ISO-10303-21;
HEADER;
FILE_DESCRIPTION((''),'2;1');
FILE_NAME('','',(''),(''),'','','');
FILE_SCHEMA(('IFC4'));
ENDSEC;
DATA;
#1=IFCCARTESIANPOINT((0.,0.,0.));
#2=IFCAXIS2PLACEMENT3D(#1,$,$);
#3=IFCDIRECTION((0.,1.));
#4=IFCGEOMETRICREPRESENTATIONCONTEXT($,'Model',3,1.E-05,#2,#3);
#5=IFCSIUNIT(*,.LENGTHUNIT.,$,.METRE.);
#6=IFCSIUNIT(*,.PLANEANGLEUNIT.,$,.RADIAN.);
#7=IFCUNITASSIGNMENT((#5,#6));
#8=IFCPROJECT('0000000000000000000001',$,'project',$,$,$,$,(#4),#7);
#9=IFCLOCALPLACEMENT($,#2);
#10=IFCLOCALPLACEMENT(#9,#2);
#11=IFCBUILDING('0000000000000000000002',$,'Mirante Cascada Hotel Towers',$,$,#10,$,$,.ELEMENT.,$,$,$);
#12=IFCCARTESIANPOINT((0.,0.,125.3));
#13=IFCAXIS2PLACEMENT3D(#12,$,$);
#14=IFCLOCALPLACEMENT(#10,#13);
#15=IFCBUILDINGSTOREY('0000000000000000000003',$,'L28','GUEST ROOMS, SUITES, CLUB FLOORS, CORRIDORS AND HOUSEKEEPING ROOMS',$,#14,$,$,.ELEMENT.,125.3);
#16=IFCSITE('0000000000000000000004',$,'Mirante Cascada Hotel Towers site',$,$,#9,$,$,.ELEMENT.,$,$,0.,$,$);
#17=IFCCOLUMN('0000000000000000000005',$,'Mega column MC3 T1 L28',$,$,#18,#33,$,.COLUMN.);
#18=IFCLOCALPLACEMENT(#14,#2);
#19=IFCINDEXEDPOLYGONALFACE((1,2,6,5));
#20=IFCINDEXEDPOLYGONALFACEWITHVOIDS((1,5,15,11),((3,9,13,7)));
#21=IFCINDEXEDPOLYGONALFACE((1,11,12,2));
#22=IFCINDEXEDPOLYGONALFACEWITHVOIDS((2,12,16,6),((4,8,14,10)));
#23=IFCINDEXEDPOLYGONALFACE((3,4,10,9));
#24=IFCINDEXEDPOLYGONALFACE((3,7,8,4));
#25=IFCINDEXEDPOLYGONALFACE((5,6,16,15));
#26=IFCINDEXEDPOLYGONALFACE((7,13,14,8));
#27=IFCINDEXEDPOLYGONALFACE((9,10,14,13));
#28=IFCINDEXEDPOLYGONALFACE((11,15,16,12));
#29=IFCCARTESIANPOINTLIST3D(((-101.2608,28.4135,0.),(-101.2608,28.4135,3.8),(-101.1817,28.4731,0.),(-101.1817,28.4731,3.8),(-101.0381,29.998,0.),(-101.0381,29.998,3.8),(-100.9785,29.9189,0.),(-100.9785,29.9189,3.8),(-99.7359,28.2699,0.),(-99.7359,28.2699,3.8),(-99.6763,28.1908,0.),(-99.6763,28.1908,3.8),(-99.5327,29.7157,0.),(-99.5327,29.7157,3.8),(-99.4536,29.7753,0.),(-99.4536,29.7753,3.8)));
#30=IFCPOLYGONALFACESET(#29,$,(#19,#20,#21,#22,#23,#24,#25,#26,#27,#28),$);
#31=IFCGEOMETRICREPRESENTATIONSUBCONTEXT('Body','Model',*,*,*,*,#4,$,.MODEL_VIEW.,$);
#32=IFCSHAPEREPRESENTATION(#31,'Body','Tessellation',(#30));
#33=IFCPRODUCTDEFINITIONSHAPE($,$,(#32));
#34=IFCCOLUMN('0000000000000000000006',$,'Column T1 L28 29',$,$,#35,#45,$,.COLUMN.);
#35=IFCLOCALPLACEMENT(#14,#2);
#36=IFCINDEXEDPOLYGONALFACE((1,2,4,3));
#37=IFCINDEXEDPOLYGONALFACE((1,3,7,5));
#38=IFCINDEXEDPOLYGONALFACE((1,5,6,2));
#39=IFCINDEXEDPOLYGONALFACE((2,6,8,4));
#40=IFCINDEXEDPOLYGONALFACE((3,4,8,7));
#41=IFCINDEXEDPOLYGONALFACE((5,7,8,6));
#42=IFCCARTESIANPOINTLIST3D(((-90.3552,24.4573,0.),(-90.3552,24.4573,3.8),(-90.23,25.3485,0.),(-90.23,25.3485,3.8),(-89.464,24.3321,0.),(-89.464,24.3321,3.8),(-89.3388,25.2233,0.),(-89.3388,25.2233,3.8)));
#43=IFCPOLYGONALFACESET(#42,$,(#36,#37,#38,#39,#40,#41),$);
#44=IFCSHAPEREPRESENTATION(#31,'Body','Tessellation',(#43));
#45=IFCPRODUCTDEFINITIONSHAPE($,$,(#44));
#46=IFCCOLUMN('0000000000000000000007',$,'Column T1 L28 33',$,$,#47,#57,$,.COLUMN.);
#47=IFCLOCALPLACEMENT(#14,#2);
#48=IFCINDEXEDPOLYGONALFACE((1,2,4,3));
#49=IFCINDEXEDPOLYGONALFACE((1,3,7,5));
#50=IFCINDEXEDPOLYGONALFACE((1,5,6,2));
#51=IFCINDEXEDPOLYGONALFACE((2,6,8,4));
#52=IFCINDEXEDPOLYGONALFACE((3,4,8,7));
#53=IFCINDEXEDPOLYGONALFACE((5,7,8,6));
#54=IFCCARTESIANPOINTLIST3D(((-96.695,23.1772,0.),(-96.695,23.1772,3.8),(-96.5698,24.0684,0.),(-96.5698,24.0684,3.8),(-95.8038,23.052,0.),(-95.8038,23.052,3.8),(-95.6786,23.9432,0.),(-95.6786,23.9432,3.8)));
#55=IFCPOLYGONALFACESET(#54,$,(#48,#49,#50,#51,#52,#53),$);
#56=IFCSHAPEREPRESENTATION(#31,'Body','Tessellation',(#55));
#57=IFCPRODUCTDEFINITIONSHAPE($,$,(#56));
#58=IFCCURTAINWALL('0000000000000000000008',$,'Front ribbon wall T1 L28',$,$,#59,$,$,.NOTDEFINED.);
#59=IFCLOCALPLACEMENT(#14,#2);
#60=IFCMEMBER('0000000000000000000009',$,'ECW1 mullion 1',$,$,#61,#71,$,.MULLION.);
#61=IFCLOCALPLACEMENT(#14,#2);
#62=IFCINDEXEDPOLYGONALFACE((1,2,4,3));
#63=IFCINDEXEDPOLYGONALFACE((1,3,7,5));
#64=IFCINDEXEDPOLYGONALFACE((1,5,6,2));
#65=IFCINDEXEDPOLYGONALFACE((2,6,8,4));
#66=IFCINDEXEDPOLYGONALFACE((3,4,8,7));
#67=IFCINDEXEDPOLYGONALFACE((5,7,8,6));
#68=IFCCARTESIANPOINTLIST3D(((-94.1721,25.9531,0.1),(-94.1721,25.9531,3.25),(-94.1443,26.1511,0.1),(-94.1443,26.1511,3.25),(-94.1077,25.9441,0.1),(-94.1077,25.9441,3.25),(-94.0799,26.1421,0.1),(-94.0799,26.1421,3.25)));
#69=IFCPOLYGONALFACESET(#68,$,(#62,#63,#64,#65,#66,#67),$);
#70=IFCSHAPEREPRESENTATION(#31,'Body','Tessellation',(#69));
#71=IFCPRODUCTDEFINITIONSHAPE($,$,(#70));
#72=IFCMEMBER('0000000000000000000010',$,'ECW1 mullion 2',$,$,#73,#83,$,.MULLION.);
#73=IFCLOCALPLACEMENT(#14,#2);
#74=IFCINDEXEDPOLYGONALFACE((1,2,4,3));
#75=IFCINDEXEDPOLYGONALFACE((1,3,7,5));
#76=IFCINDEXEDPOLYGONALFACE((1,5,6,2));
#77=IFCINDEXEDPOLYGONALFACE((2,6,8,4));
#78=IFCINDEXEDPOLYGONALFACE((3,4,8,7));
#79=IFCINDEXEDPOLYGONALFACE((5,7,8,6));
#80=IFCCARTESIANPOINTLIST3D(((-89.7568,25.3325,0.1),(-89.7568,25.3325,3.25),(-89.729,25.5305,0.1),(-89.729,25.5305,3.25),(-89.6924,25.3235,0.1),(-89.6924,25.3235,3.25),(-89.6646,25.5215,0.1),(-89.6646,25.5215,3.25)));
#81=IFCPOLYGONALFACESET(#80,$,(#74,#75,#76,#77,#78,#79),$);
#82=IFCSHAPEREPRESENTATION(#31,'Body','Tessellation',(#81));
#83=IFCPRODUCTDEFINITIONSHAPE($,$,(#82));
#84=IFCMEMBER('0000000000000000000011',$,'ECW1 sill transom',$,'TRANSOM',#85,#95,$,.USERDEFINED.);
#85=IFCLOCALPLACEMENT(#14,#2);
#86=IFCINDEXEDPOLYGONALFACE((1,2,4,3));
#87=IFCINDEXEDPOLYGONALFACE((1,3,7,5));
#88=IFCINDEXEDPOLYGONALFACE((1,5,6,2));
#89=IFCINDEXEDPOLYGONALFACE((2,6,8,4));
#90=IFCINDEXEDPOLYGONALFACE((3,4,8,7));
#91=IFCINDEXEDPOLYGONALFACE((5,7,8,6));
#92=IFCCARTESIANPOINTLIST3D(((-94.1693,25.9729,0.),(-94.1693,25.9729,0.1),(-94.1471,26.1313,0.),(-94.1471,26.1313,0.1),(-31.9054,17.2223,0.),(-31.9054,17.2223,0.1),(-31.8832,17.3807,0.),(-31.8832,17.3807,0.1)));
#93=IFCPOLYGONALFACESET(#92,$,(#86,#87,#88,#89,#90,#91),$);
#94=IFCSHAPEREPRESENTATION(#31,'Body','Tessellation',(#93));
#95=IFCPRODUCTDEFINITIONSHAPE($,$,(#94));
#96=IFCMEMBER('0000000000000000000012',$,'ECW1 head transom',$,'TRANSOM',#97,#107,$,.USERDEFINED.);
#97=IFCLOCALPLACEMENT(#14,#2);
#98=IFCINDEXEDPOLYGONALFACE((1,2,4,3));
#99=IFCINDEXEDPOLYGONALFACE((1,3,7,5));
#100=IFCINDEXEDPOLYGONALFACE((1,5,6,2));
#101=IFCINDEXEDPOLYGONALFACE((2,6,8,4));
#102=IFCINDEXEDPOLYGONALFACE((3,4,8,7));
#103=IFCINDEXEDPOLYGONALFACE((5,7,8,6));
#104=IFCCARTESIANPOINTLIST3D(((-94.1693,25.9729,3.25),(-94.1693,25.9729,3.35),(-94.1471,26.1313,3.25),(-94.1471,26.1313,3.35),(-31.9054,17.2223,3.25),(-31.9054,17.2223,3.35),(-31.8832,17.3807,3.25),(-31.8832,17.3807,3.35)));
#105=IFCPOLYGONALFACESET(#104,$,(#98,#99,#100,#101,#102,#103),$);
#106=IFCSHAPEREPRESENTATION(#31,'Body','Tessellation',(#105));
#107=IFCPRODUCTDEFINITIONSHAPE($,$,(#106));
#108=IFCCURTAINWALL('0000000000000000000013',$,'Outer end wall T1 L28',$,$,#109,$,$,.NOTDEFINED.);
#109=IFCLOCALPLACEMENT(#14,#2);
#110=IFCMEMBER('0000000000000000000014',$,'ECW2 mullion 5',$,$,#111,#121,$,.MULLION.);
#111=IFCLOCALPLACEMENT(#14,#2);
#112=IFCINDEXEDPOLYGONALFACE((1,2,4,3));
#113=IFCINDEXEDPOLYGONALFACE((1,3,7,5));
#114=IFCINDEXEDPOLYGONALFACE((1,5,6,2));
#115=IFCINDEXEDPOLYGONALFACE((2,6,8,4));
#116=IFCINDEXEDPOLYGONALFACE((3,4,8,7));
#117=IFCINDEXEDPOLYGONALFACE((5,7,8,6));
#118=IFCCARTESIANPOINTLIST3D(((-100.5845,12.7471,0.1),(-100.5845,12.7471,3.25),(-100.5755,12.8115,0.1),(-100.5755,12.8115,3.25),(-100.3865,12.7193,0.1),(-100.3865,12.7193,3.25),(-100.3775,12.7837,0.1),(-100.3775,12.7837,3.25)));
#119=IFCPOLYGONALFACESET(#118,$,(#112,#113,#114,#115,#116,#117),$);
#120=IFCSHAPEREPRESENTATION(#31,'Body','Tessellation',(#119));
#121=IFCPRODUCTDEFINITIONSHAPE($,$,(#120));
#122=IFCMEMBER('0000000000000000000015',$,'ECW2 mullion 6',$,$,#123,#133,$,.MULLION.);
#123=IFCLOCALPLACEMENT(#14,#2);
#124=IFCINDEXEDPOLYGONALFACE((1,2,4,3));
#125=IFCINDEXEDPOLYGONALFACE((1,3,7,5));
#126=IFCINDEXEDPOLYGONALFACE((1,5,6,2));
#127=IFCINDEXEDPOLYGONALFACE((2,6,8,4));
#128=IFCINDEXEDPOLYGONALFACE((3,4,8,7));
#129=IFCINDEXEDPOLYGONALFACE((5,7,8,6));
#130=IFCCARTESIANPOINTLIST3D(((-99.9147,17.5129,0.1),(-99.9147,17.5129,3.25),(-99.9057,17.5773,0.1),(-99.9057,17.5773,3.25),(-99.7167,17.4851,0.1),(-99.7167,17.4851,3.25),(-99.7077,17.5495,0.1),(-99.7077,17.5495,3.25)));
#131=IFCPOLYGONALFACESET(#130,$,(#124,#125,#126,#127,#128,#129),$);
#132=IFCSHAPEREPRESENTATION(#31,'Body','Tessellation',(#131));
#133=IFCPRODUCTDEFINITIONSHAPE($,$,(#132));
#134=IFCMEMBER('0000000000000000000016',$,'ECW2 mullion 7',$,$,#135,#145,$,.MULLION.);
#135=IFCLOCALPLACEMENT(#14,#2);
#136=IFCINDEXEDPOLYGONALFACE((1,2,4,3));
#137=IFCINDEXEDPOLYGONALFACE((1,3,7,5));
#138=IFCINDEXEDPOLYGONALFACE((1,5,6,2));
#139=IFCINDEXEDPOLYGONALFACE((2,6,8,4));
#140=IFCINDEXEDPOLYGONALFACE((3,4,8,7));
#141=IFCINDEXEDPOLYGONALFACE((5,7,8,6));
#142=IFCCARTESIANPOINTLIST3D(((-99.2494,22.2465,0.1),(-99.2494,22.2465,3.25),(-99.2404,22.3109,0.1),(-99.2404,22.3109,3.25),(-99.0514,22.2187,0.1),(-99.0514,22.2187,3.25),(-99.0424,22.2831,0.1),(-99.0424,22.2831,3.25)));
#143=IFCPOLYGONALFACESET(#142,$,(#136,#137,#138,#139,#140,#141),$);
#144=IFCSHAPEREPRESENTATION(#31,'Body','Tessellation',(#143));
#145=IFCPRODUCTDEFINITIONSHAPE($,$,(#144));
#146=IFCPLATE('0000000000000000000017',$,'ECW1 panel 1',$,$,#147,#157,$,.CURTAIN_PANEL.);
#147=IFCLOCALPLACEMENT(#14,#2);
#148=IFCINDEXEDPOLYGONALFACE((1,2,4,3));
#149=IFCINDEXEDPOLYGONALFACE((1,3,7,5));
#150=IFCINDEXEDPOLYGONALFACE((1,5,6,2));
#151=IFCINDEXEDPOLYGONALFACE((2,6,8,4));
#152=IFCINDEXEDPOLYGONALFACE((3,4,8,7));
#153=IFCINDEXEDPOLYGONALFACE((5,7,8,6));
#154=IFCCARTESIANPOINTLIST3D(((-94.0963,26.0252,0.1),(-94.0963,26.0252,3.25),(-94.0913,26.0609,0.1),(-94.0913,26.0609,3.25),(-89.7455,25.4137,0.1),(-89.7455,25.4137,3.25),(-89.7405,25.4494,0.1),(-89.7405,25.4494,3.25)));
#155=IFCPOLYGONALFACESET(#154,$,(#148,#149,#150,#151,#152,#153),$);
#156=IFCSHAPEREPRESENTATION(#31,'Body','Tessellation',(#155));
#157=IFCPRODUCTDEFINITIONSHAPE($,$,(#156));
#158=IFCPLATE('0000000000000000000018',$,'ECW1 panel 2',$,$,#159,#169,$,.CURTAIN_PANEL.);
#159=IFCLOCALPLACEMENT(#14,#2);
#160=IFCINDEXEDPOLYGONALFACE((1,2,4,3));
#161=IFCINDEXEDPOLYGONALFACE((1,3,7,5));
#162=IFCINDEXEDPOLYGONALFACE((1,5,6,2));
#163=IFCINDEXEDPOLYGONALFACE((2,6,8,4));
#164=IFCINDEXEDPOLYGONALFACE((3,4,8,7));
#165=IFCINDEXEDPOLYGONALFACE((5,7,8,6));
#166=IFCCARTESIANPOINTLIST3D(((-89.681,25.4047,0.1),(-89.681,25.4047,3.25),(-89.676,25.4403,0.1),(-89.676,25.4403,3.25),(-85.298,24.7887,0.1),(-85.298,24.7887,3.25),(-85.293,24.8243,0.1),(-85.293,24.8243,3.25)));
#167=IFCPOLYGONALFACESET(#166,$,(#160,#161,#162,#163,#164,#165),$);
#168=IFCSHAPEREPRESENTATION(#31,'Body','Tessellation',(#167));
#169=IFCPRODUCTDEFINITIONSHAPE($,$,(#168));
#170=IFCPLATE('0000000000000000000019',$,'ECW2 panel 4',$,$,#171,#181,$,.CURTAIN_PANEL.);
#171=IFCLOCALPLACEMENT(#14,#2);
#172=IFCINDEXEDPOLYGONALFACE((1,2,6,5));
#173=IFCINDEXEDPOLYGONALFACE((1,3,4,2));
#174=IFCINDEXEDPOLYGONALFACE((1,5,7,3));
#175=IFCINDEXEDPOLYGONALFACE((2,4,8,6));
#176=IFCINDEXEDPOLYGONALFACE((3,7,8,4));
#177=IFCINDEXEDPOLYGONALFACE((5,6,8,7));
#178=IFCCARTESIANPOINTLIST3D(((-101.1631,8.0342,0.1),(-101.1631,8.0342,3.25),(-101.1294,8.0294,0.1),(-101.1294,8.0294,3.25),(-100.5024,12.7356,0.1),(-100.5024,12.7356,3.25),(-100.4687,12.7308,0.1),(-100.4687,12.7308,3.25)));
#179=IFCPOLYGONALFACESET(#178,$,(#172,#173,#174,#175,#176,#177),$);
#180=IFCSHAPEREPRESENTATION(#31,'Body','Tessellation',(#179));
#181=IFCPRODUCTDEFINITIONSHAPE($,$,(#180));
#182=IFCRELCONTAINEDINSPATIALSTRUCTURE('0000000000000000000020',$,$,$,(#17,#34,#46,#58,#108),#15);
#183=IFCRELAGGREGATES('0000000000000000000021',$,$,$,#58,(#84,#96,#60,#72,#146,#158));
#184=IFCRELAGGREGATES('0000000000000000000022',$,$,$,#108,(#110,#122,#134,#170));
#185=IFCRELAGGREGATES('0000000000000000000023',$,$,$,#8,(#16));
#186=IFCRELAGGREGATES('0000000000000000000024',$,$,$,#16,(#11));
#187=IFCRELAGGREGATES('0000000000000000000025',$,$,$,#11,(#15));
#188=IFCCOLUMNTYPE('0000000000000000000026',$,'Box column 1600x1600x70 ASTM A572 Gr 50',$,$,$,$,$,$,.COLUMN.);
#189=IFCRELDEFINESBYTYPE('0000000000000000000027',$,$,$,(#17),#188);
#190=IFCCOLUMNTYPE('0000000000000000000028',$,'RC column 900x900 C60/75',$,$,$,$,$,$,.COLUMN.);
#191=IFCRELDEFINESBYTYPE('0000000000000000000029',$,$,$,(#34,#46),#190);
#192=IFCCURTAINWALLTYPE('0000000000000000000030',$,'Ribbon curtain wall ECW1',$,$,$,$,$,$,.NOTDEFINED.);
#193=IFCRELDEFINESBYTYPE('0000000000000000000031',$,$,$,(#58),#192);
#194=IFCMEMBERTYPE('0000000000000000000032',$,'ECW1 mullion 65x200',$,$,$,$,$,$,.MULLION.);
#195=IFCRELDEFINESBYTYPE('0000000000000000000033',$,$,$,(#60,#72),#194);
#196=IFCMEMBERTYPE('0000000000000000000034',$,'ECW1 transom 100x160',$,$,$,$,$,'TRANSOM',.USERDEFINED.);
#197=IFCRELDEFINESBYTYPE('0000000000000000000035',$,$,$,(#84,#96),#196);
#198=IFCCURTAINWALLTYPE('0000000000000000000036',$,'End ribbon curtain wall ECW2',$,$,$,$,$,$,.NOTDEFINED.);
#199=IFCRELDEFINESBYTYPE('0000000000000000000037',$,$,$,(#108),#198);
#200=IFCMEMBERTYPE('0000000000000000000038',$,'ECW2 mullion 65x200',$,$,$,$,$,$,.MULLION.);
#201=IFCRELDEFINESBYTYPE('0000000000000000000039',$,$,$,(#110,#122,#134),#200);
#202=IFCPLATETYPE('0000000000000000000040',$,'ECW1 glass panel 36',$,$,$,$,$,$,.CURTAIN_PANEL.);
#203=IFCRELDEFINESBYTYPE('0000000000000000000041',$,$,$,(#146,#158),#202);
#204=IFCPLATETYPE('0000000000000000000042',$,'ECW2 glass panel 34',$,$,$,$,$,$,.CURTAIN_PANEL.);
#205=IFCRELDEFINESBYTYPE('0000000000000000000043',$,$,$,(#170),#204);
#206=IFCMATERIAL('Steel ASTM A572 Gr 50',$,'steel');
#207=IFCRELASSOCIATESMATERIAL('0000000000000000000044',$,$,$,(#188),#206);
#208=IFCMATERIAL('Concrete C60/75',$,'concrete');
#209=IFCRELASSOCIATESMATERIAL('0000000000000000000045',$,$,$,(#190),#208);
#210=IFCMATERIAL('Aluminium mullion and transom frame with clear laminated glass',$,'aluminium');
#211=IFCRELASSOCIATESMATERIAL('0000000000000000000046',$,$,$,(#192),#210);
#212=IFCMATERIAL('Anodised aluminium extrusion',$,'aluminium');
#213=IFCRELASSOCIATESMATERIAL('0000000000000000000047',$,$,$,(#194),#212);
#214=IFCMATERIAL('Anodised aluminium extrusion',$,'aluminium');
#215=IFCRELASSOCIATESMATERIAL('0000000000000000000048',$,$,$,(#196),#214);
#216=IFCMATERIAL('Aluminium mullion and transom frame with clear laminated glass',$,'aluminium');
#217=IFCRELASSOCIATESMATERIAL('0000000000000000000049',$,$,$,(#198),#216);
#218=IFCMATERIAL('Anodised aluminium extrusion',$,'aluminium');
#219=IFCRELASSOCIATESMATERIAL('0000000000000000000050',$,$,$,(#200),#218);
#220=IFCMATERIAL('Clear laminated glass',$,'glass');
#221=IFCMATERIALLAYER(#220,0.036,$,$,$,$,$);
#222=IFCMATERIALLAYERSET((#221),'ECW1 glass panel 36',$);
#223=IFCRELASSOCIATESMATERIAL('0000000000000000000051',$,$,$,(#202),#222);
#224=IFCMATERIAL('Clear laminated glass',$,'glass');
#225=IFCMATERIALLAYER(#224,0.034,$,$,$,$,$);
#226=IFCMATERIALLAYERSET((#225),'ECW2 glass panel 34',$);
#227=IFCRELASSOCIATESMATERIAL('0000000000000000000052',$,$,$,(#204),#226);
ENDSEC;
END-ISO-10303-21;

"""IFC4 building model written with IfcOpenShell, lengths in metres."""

from ifc_helpers import new_model, si_unit, direction, frame, origin, origin_2d, place, context, subcontext, project, spatial, rectangle, hollow_rectangle, extrude, material, layer, layer_set, material_profile, profile_set, type_object, element, aggregate, save


model = new_model("IFC4")

# Units and contexts
model_context = context("Model", 3, precision=1e-05, world=origin(), true_north=direction((0.0, 1.0)))
body_context = subcontext(model_context, "Body", "Model", "MODEL_VIEW")
ifc_project = project(units=[si_unit("LENGTHUNIT", "METRE"), si_unit("PLANEANGLEUNIT", "RADIAN")], contexts=[model_context])

# Site, building, storey
site_placement = place(None, origin())
site = spatial("IfcSite", under=ifc_project, at=site_placement, Name="Mirante Cascada Hotel Towers site", CompositionType="ELEMENT", RefElevation=0.0)
building_placement = place(site_placement, origin())
building = spatial("IfcBuilding", under=site, at=building_placement, Name="Mirante Cascada Hotel Towers", CompositionType="ELEMENT")
storey_placement = place(building_placement, frame((0.0, 0.0, 125.3)))
storey = spatial("IfcBuildingStorey", under=building, at=storey_placement, Name="L28", Description="GUEST ROOMS, SUITES, CLUB FLOORS, CORRIDORS AND HOUSEKEEPING ROOMS", CompositionType="ELEMENT", Elevation=125.3)

# Columns
ifc_material_1 = material(Name="Steel ASTM A572 Gr 50", Category="steel")
ifc_material_profile_1 = material_profile(ifc_material_1, hollow_rectangle(XDim=1.6, YDim=1.6, WallThickness=0.07, at=origin_2d()), Name="Box column 1600x1600x70 ASTM A572 Gr 50")
ifc_profile_set_1 = profile_set([ifc_material_profile_1], Name="Steel ASTM A572 Gr 50")
column_type_1 = type_object("IfcColumnType", Name="Box column 1600x1600x70 ASTM A572 Gr 50", PredefinedType="COLUMN", material=ifc_profile_set_1)
column_placement = place(storey_placement, frame((-100.3572, 29.0944, 0.0), z_axis=(0.0, 0.0, 1.0), x_axis=(-0.990268, 0.139173, 0.0)))
element("IfcColumn", 1, at=column_placement, inside=storey, type_object=column_type_1, Name="Mega column MC3 T1 L28", PredefinedType="COLUMN", context=body_context, shape_type="SweptSolid", body=[
    extrude(hollow_rectangle(XDim=1.6, YDim=1.6, WallThickness=0.07, at=origin_2d()), origin(), (0.0, 0.0, 1.0), 3.8),
])
ifc_material_2 = material(Name="Concrete C60/75", Category="concrete")
ifc_material_profile_2 = material_profile(ifc_material_2, rectangle(XDim=0.9, YDim=0.9, at=origin_2d()), Name="RC column 900x900 C60/75")
ifc_profile_set_2 = profile_set([ifc_material_profile_2], Name="Concrete C60/75")
column_type_2 = type_object("IfcColumnType", Name="RC column 900x900 C60/75", PredefinedType="COLUMN", material=ifc_profile_set_2)
for number, where, z_axis, x_axis, name in (
    (2, (-89.847, 24.8403, 0.0), (0.0, 0.0, 1.0), (-0.990268, 0.139173, 0.0), "Column T1 L28 29"),
    (3, (-96.1868, 23.5602, 0.0), (0.0, 0.0, 1.0), (-0.990268, 0.139173, 0.0), "Column T1 L28 33"),
):
    element("IfcColumn", number, at=place(storey_placement, frame(where, z_axis=z_axis, x_axis=x_axis)), inside=storey, type_object=column_type_2, Name=name, PredefinedType="COLUMN", context=body_context, shape_type="SweptSolid", body=[
        extrude(rectangle(XDim=0.9, YDim=0.9, at=origin_2d()), origin(), (0.0, 0.0, 1.0), 3.8),
    ])

# Curtain walls, members
ifc_material_3 = material(Name="Aluminium mullion and transom frame with clear laminated glass", Category="aluminium")
curtain_wall_type_1 = type_object("IfcCurtainWallType", Name="Ribbon curtain wall ECW1", PredefinedType="NOTDEFINED", material=ifc_material_3)
curtain_wall_1_placement = place(storey_placement, origin())
curtain_wall_1 = element("IfcCurtainWall", 4, at=curtain_wall_1_placement, inside=storey, type_object=curtain_wall_type_1, Name="Front ribbon wall T1 L28", PredefinedType="NOTDEFINED")
ifc_material_4 = material(Name="Anodised aluminium extrusion", Category="aluminium")
ifc_material_profile_3 = material_profile(ifc_material_4, rectangle(XDim=0.2, YDim=0.065, at=origin_2d()), Name="ECW1 MULLION 65x200")
ifc_profile_set_3 = profile_set([ifc_material_profile_3], Name="Anodised aluminium extrusion")
member_type_1 = type_object("IfcMemberType", Name="ECW1 mullion 65x200", PredefinedType="MULLION", material=ifc_profile_set_3)
member_1_placement = place(storey_placement, frame((-94.126, 26.0476, 0.1), z_axis=(0.0, 0.0, 1.0), x_axis=(0.139173, 0.990268, 0.0)))
member_1 = element("IfcMember", 5, at=member_1_placement, type_object=member_type_1, Name="ECW1 mullion 1", PredefinedType="MULLION", context=body_context, shape_type="SweptSolid", body=[
    extrude(rectangle(XDim=0.2, YDim=0.065, at=origin_2d()), origin(), (0.0, 0.0, 1.0), 3.15),
])
member_2_placement = place(storey_placement, frame((-89.7107, 25.427, 0.1), z_axis=(0.0, 0.0, 1.0), x_axis=(0.139173, 0.990268, 0.0)))
member_2 = element("IfcMember", 6, at=member_2_placement, type_object=member_type_1, Name="ECW1 mullion 2", PredefinedType="MULLION", context=body_context, shape_type="SweptSolid", body=[
    extrude(rectangle(XDim=0.2, YDim=0.065, at=origin_2d()), origin(), (0.0, 0.0, 1.0), 3.15),
])
ifc_material_5 = material(Name="Anodised aluminium extrusion", Category="aluminium")
ifc_material_profile_4 = material_profile(ifc_material_5, rectangle(XDim=0.16, YDim=0.1, at=origin_2d()), Name="ECW1 TRANSOM 100x160")
ifc_profile_set_4 = profile_set([ifc_material_profile_4], Name="Anodised aluminium extrusion")
member_type_2 = type_object("IfcMemberType", Name="ECW1 transom 100x160", ElementType="TRANSOM", PredefinedType="USERDEFINED", material=ifc_profile_set_4)
member_3_placement = place(storey_placement, frame((-94.1582, 26.0521, 0.05), z_axis=(0.990268, -0.139173, 0.0), x_axis=(0.139173, 0.990268, 0.0)))
member_3 = element("IfcMember", 7, at=member_3_placement, type_object=member_type_2, Name="ECW1 sill transom", ObjectType="TRANSOM", PredefinedType="USERDEFINED", context=body_context, shape_type="SweptSolid", body=[
    extrude(rectangle(XDim=0.16, YDim=0.1, at=origin_2d()), origin(), (0.0, 0.0, 1.0), 62.8758),
])
member_4_placement = place(storey_placement, frame((-94.1582, 26.0521, 3.3), z_axis=(0.990268, -0.139173, 0.0), x_axis=(0.139173, 0.990268, 0.0)))
member_4 = element("IfcMember", 8, at=member_4_placement, type_object=member_type_2, Name="ECW1 head transom", ObjectType="TRANSOM", PredefinedType="USERDEFINED", context=body_context, shape_type="SweptSolid", body=[
    extrude(rectangle(XDim=0.16, YDim=0.1, at=origin_2d()), origin(), (0.0, 0.0, 1.0), 62.8758),
])
ifc_material_6 = material(Name="Aluminium mullion and transom frame with clear laminated glass", Category="aluminium")
curtain_wall_type_2 = type_object("IfcCurtainWallType", Name="End ribbon curtain wall ECW2", PredefinedType="NOTDEFINED", material=ifc_material_6)
curtain_wall_2_placement = place(storey_placement, origin())
curtain_wall_2 = element("IfcCurtainWall", 9, at=curtain_wall_2_placement, inside=storey, type_object=curtain_wall_type_2, Name="Outer end wall T1 L28", PredefinedType="NOTDEFINED")
ifc_material_7 = material(Name="Anodised aluminium extrusion", Category="aluminium")
ifc_material_profile_5 = material_profile(ifc_material_7, rectangle(XDim=0.2, YDim=0.065, at=origin_2d()), Name="ECW2 MULLION 65x200")
ifc_profile_set_5 = profile_set([ifc_material_profile_5], Name="Anodised aluminium extrusion")
member_type_3 = type_object("IfcMemberType", Name="ECW2 mullion 65x200", PredefinedType="MULLION", material=ifc_profile_set_5)
member_5_placement = place(storey_placement, frame((-100.481, 12.7654, 0.1), z_axis=(0.0, 0.0, 1.0), x_axis=(-0.990268, 0.139173, 0.0)))
member_5 = element("IfcMember", 10, at=member_5_placement, type_object=member_type_3, Name="ECW2 mullion 5", PredefinedType="MULLION", context=body_context, shape_type="SweptSolid", body=[
    extrude(rectangle(XDim=0.2, YDim=0.065, at=origin_2d()), origin(), (0.0, 0.0, 1.0), 3.15),
])
member_6_placement = place(storey_placement, frame((-99.8112, 17.5312, 0.1), z_axis=(0.0, 0.0, 1.0), x_axis=(-0.990268, 0.139173, 0.0)))
member_6 = element("IfcMember", 11, at=member_6_placement, type_object=member_type_3, Name="ECW2 mullion 6", PredefinedType="MULLION", context=body_context, shape_type="SweptSolid", body=[
    extrude(rectangle(XDim=0.2, YDim=0.065, at=origin_2d()), origin(), (0.0, 0.0, 1.0), 3.15),
])
member_7_placement = place(storey_placement, frame((-99.1459, 22.2648, 0.1), z_axis=(0.0, 0.0, 1.0), x_axis=(-0.990268, 0.139173, 0.0)))
member_7 = element("IfcMember", 12, at=member_7_placement, type_object=member_type_3, Name="ECW2 mullion 7", PredefinedType="MULLION", context=body_context, shape_type="SweptSolid", body=[
    extrude(rectangle(XDim=0.2, YDim=0.065, at=origin_2d()), origin(), (0.0, 0.0, 1.0), 3.15),
])

# Plates
ifc_material_8 = material(Name="Clear laminated glass", Category="glass")
ifc_layer_1 = layer(ifc_material_8, 0.036)
ifc_layer_set_1 = layer_set([ifc_layer_1], Name="ECW1 glass panel 36")
plate_type_1 = type_object("IfcPlateType", Name="ECW1 glass panel 36", PredefinedType="CURTAIN_PANEL", material=ifc_layer_set_1)
plate_1_placement = place(storey_placement, frame((-91.9184, 25.7373, 0.1), z_axis=(0.0, 0.0, 1.0), x_axis=(0.990268, -0.139173, 0.0)))
plate_1 = element("IfcPlate", 13, at=plate_1_placement, type_object=plate_type_1, Name="ECW1 panel 1", PredefinedType="CURTAIN_PANEL", context=body_context, shape_type="SweptSolid", body=[
    extrude(rectangle(XDim=4.3936, YDim=0.036, at=origin_2d()), origin(), (0.0, 0.0, 1.0), 3.15),
])
plate_2_placement = place(storey_placement, frame((-87.487, 25.1145, 0.1), z_axis=(0.0, 0.0, 1.0), x_axis=(0.990268, -0.139173, 0.0)))
plate_2 = element("IfcPlate", 14, at=plate_2_placement, type_object=plate_type_1, Name="ECW1 panel 2", PredefinedType="CURTAIN_PANEL", context=body_context, shape_type="SweptSolid", body=[
    extrude(rectangle(XDim=4.4261, YDim=0.036, at=origin_2d()), origin(), (0.0, 0.0, 1.0), 3.15),
])
aggregate(curtain_wall_1, [member_3, member_4, member_1, member_2, plate_1, plate_2])
ifc_material_9 = material(Name="Clear laminated glass", Category="glass")
ifc_layer_2 = layer(ifc_material_9, 0.034)
ifc_layer_set_2 = layer_set([ifc_layer_2], Name="ECW2 glass panel 34")
plate_type_2 = type_object("IfcPlateType", Name="ECW2 glass panel 34", PredefinedType="CURTAIN_PANEL", material=ifc_layer_set_2)
plate_3_placement = place(storey_placement, frame((-100.8159, 10.3825, 0.1), z_axis=(0.0, 0.0, 1.0), x_axis=(0.139173, 0.990268, 0.0)))
plate_3 = element("IfcPlate", 15, at=plate_3_placement, type_object=plate_type_2, Name="ECW2 panel 4", PredefinedType="CURTAIN_PANEL", context=body_context, shape_type="SweptSolid", body=[
    extrude(rectangle(XDim=4.7476, YDim=0.034, at=origin_2d()), origin(), (0.0, 0.0, 1.0), 3.15),
])
aggregate(curtain_wall_2, [member_5, member_6, member_7, plate_3])

save(model, "model.ifc")
